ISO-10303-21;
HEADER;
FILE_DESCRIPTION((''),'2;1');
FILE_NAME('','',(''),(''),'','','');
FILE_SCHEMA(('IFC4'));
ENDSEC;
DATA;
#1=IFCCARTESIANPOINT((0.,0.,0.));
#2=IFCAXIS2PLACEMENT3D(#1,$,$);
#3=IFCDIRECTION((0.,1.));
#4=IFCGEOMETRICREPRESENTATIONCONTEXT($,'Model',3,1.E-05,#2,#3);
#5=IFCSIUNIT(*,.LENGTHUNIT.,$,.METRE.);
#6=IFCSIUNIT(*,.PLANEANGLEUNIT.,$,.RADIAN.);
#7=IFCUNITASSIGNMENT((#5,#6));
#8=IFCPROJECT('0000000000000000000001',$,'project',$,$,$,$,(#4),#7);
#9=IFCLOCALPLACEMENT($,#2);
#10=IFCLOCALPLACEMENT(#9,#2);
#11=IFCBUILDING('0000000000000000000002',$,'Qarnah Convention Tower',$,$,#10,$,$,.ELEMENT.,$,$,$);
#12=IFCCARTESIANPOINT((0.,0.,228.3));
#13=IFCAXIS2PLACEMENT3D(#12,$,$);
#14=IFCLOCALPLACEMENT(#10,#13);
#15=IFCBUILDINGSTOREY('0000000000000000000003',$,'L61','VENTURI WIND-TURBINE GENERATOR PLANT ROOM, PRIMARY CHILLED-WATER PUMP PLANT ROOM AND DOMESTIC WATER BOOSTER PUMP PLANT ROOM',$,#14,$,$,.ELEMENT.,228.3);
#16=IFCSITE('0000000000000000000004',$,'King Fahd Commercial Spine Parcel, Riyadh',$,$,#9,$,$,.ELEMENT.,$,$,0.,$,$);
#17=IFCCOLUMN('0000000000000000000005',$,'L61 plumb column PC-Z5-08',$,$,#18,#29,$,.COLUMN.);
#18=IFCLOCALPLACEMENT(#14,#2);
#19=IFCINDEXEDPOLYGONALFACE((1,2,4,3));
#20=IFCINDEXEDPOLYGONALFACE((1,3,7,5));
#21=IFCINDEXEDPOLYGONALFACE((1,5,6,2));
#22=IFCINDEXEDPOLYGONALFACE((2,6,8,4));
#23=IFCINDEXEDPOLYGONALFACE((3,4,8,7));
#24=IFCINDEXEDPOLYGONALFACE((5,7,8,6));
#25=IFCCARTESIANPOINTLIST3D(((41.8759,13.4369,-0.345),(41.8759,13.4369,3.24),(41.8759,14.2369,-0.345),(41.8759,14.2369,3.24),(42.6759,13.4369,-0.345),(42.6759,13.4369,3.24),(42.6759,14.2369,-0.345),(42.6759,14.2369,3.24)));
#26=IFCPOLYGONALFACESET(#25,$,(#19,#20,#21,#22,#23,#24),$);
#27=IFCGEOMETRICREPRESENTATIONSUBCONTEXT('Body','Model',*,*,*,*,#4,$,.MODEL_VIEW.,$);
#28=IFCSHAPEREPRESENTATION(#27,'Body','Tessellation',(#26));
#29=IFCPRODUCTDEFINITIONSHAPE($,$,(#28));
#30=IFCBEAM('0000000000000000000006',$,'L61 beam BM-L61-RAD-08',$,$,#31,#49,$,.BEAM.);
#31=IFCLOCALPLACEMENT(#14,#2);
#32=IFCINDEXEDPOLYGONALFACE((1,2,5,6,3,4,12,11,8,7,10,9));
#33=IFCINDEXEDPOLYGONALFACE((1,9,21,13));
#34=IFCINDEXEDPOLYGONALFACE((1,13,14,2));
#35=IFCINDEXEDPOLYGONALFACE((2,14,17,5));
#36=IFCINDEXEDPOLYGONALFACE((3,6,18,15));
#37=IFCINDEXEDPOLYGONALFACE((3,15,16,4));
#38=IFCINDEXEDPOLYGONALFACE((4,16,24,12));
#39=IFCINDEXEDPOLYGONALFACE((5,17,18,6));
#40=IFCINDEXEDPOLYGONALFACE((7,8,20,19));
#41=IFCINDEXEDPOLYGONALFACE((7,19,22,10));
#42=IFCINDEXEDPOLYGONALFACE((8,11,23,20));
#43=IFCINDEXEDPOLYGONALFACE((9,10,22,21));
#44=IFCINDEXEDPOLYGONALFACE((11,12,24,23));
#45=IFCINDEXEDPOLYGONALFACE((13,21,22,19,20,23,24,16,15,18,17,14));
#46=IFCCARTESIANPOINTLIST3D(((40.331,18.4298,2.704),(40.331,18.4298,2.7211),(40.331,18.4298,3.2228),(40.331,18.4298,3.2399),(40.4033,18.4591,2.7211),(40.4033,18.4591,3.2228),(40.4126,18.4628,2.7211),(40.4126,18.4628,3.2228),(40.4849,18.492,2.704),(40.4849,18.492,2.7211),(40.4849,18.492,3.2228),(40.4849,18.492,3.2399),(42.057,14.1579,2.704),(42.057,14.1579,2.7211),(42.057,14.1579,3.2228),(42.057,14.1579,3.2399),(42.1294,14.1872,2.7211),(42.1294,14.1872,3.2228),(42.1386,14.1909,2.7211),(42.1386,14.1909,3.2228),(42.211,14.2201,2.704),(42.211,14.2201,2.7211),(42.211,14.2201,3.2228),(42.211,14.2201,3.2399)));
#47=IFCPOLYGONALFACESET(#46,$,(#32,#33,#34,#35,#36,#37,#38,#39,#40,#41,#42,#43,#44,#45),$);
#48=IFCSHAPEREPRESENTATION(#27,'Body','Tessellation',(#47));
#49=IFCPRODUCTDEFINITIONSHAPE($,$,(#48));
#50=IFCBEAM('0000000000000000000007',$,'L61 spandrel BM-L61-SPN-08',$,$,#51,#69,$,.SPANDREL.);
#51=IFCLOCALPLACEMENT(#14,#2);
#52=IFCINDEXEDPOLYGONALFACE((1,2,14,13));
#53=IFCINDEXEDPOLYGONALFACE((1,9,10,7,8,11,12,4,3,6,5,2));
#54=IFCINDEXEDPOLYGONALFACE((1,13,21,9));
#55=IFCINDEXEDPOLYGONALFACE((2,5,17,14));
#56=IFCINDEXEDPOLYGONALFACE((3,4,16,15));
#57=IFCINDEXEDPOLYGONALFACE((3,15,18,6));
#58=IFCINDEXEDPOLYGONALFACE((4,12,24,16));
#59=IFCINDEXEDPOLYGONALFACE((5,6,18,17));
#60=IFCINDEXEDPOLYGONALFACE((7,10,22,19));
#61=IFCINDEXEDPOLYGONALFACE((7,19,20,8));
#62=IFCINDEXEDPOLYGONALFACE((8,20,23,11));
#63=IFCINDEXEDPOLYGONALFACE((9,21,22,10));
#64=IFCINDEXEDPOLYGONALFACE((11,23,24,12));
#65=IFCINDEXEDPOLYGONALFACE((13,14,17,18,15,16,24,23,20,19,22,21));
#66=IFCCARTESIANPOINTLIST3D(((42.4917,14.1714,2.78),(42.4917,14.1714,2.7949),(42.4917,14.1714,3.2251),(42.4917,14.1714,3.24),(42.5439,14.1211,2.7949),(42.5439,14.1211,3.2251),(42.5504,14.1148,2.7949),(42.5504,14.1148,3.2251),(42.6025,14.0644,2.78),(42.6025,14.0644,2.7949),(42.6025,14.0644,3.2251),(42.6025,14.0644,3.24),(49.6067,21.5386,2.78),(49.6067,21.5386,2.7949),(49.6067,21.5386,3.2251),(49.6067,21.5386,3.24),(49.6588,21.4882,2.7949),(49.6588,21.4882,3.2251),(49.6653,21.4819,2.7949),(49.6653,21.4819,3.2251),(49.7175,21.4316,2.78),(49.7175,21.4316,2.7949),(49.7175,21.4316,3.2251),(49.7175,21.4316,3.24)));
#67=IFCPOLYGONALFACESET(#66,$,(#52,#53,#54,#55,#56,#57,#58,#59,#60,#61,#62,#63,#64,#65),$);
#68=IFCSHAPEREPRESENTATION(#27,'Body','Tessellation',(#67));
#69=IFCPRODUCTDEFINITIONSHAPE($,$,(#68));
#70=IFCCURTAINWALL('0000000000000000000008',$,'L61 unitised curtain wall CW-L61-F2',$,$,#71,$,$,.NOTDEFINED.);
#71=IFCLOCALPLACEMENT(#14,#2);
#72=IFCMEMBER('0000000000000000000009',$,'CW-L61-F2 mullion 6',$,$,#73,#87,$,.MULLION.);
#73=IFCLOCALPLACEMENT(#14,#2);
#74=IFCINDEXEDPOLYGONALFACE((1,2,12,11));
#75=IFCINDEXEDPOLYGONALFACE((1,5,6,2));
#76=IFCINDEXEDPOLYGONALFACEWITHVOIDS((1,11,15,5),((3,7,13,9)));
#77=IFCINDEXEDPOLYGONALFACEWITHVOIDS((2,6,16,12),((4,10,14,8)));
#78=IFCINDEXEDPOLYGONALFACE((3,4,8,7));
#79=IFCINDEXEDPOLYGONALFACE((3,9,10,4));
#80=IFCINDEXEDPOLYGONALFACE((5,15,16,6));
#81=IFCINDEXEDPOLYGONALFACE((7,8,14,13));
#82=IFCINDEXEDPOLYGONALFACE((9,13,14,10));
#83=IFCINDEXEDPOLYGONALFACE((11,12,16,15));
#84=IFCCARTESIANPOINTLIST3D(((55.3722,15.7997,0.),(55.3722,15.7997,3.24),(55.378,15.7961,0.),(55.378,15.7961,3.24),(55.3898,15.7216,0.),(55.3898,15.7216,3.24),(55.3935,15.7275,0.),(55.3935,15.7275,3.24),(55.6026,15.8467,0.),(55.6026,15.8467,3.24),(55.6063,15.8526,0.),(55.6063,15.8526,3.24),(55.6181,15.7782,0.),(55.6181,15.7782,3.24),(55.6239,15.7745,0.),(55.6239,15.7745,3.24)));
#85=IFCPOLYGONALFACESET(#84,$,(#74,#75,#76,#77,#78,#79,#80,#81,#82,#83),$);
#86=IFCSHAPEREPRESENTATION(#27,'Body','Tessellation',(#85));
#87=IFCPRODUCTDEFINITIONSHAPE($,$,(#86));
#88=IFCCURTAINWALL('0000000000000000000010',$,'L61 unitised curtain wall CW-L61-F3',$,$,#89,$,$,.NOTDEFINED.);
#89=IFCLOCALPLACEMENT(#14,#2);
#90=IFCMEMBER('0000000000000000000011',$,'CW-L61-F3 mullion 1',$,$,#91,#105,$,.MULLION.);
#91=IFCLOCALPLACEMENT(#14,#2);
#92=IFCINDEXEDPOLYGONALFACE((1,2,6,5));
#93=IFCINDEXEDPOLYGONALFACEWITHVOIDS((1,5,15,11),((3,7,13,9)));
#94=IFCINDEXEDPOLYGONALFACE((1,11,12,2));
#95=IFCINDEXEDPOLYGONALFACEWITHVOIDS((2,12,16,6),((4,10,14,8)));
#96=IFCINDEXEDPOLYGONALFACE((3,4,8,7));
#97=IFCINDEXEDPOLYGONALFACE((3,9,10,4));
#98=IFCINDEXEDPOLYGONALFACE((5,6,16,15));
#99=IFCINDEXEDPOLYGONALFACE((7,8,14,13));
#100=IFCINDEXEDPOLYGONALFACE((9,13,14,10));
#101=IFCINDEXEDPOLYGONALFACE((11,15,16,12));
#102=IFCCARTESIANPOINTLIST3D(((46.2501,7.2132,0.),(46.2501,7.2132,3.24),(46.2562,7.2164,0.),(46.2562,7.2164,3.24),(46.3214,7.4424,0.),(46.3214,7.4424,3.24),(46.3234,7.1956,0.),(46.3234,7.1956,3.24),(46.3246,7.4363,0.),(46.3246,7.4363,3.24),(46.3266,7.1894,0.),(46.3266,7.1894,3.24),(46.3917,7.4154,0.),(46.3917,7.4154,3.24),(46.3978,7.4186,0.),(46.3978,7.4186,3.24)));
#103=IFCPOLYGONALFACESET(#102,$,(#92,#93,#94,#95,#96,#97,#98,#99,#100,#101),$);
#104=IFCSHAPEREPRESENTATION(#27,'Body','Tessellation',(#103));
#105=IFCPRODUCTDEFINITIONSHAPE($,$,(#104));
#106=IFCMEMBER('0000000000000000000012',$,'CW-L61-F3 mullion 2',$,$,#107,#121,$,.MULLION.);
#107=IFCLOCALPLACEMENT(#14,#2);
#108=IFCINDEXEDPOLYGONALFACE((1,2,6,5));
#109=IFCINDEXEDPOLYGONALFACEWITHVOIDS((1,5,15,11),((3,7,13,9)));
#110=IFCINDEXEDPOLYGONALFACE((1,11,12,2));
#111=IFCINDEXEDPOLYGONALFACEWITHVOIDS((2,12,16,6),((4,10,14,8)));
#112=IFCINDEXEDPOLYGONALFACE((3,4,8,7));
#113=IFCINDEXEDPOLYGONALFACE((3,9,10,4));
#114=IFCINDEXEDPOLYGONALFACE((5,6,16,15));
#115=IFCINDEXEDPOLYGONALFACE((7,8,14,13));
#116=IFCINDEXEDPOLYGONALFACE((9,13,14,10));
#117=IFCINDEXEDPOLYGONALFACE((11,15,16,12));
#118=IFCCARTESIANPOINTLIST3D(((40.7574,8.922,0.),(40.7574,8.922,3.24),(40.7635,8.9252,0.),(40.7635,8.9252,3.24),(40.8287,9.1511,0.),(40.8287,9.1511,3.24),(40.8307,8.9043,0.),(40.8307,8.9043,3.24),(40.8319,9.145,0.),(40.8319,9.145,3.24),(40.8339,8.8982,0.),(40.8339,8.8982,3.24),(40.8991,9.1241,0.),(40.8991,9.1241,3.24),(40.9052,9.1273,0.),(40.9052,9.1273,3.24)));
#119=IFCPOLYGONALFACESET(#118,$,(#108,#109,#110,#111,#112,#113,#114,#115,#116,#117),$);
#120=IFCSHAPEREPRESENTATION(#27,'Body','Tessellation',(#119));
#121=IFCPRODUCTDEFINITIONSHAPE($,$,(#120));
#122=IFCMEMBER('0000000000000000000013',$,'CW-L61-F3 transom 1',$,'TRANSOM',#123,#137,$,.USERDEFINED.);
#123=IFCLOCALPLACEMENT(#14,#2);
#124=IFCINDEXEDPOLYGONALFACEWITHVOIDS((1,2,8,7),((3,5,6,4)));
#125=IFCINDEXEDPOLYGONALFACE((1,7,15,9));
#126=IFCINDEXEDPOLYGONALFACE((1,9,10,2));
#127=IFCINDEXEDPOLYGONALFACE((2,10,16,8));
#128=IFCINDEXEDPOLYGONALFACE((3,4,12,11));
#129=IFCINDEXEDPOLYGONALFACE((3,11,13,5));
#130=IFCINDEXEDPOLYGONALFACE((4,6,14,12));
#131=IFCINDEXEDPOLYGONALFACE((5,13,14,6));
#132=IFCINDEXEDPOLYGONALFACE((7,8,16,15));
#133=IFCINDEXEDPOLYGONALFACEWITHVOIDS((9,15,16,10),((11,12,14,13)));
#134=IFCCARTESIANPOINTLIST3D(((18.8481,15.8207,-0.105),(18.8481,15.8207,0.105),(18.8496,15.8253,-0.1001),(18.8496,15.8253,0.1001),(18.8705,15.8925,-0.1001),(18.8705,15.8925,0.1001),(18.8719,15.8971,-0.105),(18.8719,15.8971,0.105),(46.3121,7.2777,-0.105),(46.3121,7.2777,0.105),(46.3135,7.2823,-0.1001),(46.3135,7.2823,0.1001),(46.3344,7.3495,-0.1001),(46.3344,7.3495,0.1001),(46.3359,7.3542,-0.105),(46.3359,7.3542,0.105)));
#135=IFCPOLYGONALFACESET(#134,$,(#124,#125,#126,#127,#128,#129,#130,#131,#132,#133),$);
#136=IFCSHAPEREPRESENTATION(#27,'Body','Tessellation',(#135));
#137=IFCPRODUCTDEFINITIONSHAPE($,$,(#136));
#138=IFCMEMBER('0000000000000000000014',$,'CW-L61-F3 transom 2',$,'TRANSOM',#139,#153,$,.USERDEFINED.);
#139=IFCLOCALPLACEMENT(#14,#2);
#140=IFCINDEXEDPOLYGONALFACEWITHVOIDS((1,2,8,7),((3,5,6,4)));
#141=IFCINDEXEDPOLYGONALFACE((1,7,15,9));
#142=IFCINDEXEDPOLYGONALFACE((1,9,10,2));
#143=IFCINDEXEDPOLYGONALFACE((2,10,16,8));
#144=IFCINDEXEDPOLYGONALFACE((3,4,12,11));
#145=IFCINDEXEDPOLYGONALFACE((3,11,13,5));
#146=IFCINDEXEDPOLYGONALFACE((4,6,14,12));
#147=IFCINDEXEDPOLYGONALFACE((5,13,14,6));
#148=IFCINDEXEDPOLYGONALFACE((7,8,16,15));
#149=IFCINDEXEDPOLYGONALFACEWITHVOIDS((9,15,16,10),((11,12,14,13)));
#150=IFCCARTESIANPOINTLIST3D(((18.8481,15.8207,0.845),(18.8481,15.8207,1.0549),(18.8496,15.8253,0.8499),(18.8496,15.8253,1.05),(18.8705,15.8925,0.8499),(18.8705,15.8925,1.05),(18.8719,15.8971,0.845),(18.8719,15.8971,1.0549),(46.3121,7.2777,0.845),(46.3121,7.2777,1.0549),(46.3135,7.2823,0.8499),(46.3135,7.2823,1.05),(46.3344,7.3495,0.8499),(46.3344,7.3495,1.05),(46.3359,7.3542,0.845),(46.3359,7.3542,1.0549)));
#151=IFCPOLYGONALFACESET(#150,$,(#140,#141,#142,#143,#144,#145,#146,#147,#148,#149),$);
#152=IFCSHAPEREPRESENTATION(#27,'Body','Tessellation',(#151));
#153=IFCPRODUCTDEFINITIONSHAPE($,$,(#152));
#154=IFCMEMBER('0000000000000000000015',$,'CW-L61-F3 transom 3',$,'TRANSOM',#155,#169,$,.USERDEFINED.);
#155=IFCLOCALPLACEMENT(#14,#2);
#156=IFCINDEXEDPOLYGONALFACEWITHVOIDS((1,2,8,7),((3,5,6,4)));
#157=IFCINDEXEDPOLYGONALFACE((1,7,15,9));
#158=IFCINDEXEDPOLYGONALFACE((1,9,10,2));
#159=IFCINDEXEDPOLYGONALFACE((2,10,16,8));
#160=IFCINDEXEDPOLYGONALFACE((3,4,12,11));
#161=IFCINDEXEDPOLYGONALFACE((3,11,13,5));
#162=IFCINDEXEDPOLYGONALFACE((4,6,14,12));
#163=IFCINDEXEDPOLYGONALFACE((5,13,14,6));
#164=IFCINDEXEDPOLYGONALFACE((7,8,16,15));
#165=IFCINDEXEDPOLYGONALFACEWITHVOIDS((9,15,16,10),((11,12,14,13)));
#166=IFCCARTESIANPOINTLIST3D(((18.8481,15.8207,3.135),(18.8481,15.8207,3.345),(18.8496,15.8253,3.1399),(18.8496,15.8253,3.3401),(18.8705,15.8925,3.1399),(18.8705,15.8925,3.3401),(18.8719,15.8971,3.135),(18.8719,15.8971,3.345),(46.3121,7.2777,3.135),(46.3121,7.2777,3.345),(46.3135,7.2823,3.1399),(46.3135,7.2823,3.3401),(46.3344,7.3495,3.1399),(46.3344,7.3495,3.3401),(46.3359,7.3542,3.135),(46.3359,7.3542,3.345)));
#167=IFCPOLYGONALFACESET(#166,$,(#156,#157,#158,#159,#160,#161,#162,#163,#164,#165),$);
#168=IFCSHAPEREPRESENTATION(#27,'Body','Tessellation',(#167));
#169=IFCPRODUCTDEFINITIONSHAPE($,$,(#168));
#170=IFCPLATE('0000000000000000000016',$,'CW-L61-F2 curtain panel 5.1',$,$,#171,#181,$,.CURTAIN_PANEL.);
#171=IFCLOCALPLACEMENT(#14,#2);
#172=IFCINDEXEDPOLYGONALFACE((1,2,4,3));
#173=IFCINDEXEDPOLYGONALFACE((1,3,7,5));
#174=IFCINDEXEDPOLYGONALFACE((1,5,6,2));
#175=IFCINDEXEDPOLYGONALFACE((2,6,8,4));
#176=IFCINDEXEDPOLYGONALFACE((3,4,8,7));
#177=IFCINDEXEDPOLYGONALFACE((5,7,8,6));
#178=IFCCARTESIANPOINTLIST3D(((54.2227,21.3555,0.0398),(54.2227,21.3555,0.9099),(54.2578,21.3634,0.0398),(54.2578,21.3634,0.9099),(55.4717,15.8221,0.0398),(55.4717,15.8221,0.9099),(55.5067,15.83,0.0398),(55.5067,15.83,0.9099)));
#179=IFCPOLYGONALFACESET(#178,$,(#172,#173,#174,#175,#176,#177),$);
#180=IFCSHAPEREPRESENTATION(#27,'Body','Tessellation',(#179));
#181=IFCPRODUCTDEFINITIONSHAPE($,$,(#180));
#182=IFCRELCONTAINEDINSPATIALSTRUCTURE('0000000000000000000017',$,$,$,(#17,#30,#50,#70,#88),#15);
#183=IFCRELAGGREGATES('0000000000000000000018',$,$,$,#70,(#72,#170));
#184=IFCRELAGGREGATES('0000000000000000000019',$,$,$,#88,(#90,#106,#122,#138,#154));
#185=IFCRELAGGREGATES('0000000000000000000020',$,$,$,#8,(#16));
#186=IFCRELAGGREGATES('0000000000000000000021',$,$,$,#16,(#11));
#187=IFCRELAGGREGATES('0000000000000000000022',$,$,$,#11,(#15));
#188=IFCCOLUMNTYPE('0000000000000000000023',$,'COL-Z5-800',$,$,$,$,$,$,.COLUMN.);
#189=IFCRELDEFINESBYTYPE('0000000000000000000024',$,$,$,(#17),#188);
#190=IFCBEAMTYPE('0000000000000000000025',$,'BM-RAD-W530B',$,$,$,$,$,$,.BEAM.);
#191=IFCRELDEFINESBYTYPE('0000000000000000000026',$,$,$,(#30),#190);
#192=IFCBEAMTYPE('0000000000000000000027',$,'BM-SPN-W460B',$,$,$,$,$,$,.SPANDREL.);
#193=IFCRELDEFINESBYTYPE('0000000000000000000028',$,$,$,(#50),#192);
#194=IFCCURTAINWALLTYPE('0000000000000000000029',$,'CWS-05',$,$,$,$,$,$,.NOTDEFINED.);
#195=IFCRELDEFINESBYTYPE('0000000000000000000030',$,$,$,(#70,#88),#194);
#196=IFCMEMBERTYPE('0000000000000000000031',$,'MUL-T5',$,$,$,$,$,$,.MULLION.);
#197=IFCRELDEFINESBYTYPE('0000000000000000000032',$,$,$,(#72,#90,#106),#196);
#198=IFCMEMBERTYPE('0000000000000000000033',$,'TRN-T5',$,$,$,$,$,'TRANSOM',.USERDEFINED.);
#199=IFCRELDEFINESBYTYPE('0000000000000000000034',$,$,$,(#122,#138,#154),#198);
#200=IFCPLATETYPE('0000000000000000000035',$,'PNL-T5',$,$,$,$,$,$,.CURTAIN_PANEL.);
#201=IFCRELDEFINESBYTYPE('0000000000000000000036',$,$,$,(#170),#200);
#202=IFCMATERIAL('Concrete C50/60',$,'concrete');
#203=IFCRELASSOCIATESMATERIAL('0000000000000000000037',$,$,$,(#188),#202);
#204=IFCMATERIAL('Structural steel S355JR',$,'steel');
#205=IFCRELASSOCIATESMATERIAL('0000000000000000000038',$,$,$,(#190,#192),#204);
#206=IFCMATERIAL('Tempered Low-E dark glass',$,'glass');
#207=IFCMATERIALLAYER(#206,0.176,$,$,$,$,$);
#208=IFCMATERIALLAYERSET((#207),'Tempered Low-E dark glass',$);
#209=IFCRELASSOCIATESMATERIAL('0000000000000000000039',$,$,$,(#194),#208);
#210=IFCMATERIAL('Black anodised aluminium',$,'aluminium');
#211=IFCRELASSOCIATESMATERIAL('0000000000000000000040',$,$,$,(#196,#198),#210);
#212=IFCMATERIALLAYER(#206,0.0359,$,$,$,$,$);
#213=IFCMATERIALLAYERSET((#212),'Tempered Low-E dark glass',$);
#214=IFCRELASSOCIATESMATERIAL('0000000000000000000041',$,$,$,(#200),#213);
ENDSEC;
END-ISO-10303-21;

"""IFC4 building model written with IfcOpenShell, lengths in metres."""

from ifc_helpers import new_model, si_unit, direction, frame, origin, origin_2d, place, context, subcontext, project, spatial, rectangle, hollow_rectangle, i_section, extrude, material, layer, layer_set, material_profile, profile_set, type_object, element, aggregate, save


model = new_model("IFC4")

# Units and contexts
model_context = context("Model", 3, precision=1e-05, world=origin(), true_north=direction((0.0, 1.0)))
body_context = subcontext(model_context, "Body", "Model", "MODEL_VIEW")
ifc_project = project(units=[si_unit("LENGTHUNIT", "METRE"), si_unit("PLANEANGLEUNIT", "RADIAN")], contexts=[model_context])

# Site, building, storey
site_placement = place(None, origin())
site = spatial("IfcSite", under=ifc_project, at=site_placement, Name="King Fahd Commercial Spine Parcel, Riyadh", CompositionType="ELEMENT", RefElevation=0.0)
building_placement = place(site_placement, origin())
building = spatial("IfcBuilding", under=site, at=building_placement, Name="Qarnah Convention Tower", CompositionType="ELEMENT")
storey_placement = place(building_placement, frame((0.0, 0.0, 228.3)))
storey = spatial("IfcBuildingStorey", under=building, at=storey_placement, Name="L61", Description="VENTURI WIND-TURBINE GENERATOR PLANT ROOM, PRIMARY CHILLED-WATER PUMP PLANT ROOM AND DOMESTIC WATER BOOSTER PUMP PLANT ROOM", CompositionType="ELEMENT", Elevation=228.3)

# Column
ifc_material_1 = material(Name="Concrete C50/60", Category="concrete")
ifc_material_profile_1 = material_profile(ifc_material_1, rectangle(XDim=0.8, YDim=0.8, at=origin_2d()), Name="RC-COL-800X800")
ifc_profile_set_1 = profile_set([ifc_material_profile_1], Name="Concrete C50/60")
column_type = type_object("IfcColumnType", Name="COL-Z5-800", PredefinedType="COLUMN", material=ifc_profile_set_1)
column_placement = place(storey_placement, frame((42.2759, 13.8369, -0.345), z_axis=(0.0, 0.0, 1.0), x_axis=(1.0, 0.0, 0.0)))
element("IfcColumn", 1, at=column_placement, inside=storey, type_object=column_type, Name="L61 plumb column PC-Z5-08", PredefinedType="COLUMN", context=body_context, shape_type="SweptSolid", body=[
    extrude(rectangle(XDim=0.8, YDim=0.8, at=origin_2d()), origin(), (0.0, 0.0, 1.0), 3.585),
])

# Beams
ifc_material_2 = material(Name="Structural steel S355JR", Category="steel")
ifc_material_profile_2 = material_profile(ifc_material_2, i_section(OverallWidth=0.166, OverallDepth=0.5359, WebThickness=0.01, FlangeThickness=0.0171, at=origin_2d()), Name="W530X85")
ifc_profile_set_2 = profile_set([ifc_material_profile_2], Name="Structural steel S355JR")
beam_type_1 = type_object("IfcBeamType", Name="BM-RAD-W530B", PredefinedType="BEAM", material=ifc_profile_set_2)
beam_1_placement = place(storey_placement, frame((40.408, 18.4609, 2.9719), z_axis=(0.374622, -0.927177, 0.0), x_axis=(0.927177, 0.374622, 0.0)))
element("IfcBeam", 2, at=beam_1_placement, inside=storey, type_object=beam_type_1, Name="L61 beam BM-L61-RAD-08", PredefinedType="BEAM", context=body_context, shape_type="SweptSolid", body=[
    extrude(i_section(OverallWidth=0.166, OverallDepth=0.5359, WebThickness=0.01, FlangeThickness=0.0171, at=origin_2d()), origin(), (0.0, 0.0, 1.0), 4.6074),
])
ifc_material_profile_3 = material_profile(ifc_material_2, i_section(OverallWidth=0.1541, OverallDepth=0.46, WebThickness=0.009, FlangeThickness=0.0149, at=origin_2d()), Name="W460X68")
ifc_profile_set_3 = profile_set([ifc_material_profile_3], Name="Structural steel S355JR")
beam_type_2 = type_object("IfcBeamType", Name="BM-SPN-W460B", PredefinedType="SPANDREL", material=ifc_profile_set_3)
beam_2_placement = place(storey_placement, frame((42.5471, 14.1179, 3.01), z_axis=(0.694688, 0.719312, 0.0), x_axis=(-0.719312, 0.694688, 0.0)))
element("IfcBeam", 3, at=beam_2_placement, inside=storey, type_object=beam_type_2, Name="L61 spandrel BM-L61-SPN-08", PredefinedType="SPANDREL", context=body_context, shape_type="SweptSolid", body=[
    extrude(i_section(OverallWidth=0.1541, OverallDepth=0.46, WebThickness=0.009, FlangeThickness=0.0149, at=origin_2d()), origin(), (0.0, 0.0, 1.0), 10.2419),
])

# Curtain wall, member
ifc_material_3 = material(Name="Tempered Low-E dark glass", Category="glass")
ifc_layer_1 = layer(ifc_material_3, 0.176)
ifc_layer_set_1 = layer_set([ifc_layer_1], Name="Tempered Low-E dark glass")
curtain_wall_type = type_object("IfcCurtainWallType", Name="CWS-05", PredefinedType="NOTDEFINED", material=ifc_layer_set_1)
curtain_wall_1_placement = place(storey_placement, origin())
curtain_wall_1 = element("IfcCurtainWall", 4, at=curtain_wall_1_placement, inside=storey, type_object=curtain_wall_type, Name="L61 unitised curtain wall CW-L61-F2", PredefinedType="NOTDEFINED")
ifc_material_4 = material(Name="Black anodised aluminium", Category="aluminium")
ifc_material_profile_4 = material_profile(ifc_material_4, hollow_rectangle(XDim=0.0801, YDim=0.24, WallThickness=0.0049, at=origin_2d()), Name="MUL-80X240")
ifc_profile_set_4 = profile_set([ifc_material_profile_4], Name="Black anodised aluminium")
member_type_1 = type_object("IfcMemberType", Name="MUL-T5", PredefinedType="MULLION", material=ifc_profile_set_4)
member_1_placement = place(storey_placement, frame((55.498, 15.7871, 0.0), z_axis=(0.0, 0.0, 1.0), x_axis=(0.22018, -0.975459, 0.0)))
member_1 = element("IfcMember", 5, at=member_1_placement, type_object=member_type_1, Name="CW-L61-F2 mullion 6", PredefinedType="MULLION", context=body_context, shape_type="SweptSolid", body=[
    extrude(hollow_rectangle(XDim=0.0801, YDim=0.24, WallThickness=0.0049, at=origin_2d()), origin(), (0.0, 0.0, 1.0), 3.24),
])

# Curtain wall, members
curtain_wall_2_placement = place(storey_placement, origin())
curtain_wall_2 = element("IfcCurtainWall", 6, at=curtain_wall_2_placement, inside=storey, type_object=curtain_wall_type, Name="L61 unitised curtain wall CW-L61-F3", PredefinedType="NOTDEFINED")
member_2_placement = place(storey_placement, frame((46.324, 7.3159, 0.0), z_axis=(0.0, 0.0, 1.0), x_axis=(-0.95487, 0.297024, 0.0)))
member_2 = element("IfcMember", 7, at=member_2_placement, type_object=member_type_1, Name="CW-L61-F3 mullion 1", PredefinedType="MULLION", context=body_context, shape_type="SweptSolid", body=[
    extrude(hollow_rectangle(XDim=0.0801, YDim=0.24, WallThickness=0.0049, at=origin_2d()), origin(), (0.0, 0.0, 1.0), 3.24),
])
member_3_placement = place(storey_placement, frame((40.8313, 9.0247, 0.0), z_axis=(0.0, 0.0, 1.0), x_axis=(-0.95487, 0.297024, 0.0)))
member_3 = element("IfcMember", 8, at=member_3_placement, type_object=member_type_1, Name="CW-L61-F3 mullion 2", PredefinedType="MULLION", context=body_context, shape_type="SweptSolid", body=[
    extrude(hollow_rectangle(XDim=0.0801, YDim=0.24, WallThickness=0.0049, at=origin_2d()), origin(), (0.0, 0.0, 1.0), 3.24),
])
ifc_material_profile_5 = material_profile(ifc_material_4, hollow_rectangle(XDim=0.0801, YDim=0.21, WallThickness=0.0049, at=origin_2d()), Name="TRN-80X210")
ifc_profile_set_5 = profile_set([ifc_material_profile_5], Name="Black anodised aluminium")
member_type_2 = type_object("IfcMemberType", Name="TRN-T5", ElementType="TRANSOM", PredefinedType="USERDEFINED", material=ifc_profile_set_5)
member_4_placement = place(storey_placement, frame((46.324, 7.3159, 0.0), z_axis=(-0.95487, 0.297024, 0.0), x_axis=(-0.297024, -0.95487, 0.0)))
member_4 = element("IfcMember", 9, at=member_4_placement, type_object=member_type_2, Name="CW-L61-F3 transom 1", ObjectType="TRANSOM", PredefinedType="USERDEFINED", context=body_context, shape_type="SweptSolid", body=[
    extrude(hollow_rectangle(XDim=0.0801, YDim=0.21, WallThickness=0.0049, at=origin_2d()), origin(), (0.0, 0.0, 1.0), 28.762),
])
member_5_placement = place(storey_placement, frame((46.324, 7.3159, 0.95), z_axis=(-0.95487, 0.297024, 0.0), x_axis=(-0.297024, -0.95487, 0.0)))
member_5 = element("IfcMember", 10, at=member_5_placement, type_object=member_type_2, Name="CW-L61-F3 transom 2", ObjectType="TRANSOM", PredefinedType="USERDEFINED", context=body_context, shape_type="SweptSolid", body=[
    extrude(hollow_rectangle(XDim=0.0801, YDim=0.21, WallThickness=0.0049, at=origin_2d()), origin(), (0.0, 0.0, 1.0), 28.762),
])
member_6_placement = place(storey_placement, frame((46.324, 7.3159, 3.24), z_axis=(-0.95487, 0.297024, 0.0), x_axis=(-0.297024, -0.95487, 0.0)))
member_6 = element("IfcMember", 11, at=member_6_placement, type_object=member_type_2, Name="CW-L61-F3 transom 3", ObjectType="TRANSOM", PredefinedType="USERDEFINED", context=body_context, shape_type="SweptSolid", body=[
    extrude(hollow_rectangle(XDim=0.0801, YDim=0.21, WallThickness=0.0049, at=origin_2d()), origin(), (0.0, 0.0, 1.0), 28.762),
])

# Plate
ifc_layer_2 = layer(ifc_material_3, 0.0359)
ifc_layer_set_2 = layer_set([ifc_layer_2], Name="Tempered Low-E dark glass")
plate_type = type_object("IfcPlateType", Name="PNL-T5", PredefinedType="CURTAIN_PANEL", material=ifc_layer_set_2)
plate_1_placement = place(storey_placement, frame((54.8647, 18.5928, 0.0398), z_axis=(0.0, 0.0, 1.0), x_axis=(0.22018, -0.975459, 0.0)))
plate_1 = element("IfcPlate", 12, at=plate_1_placement, type_object=plate_type, Name="CW-L61-F2 curtain panel 5.1", PredefinedType="CURTAIN_PANEL", context=body_context, shape_type="SweptSolid", body=[
    extrude(rectangle(XDim=5.6726, YDim=0.0359, at=origin_2d()), origin(), (0.0, 0.0, 1.0), 0.8701),
])
aggregate(curtain_wall_1, [member_1, plate_1])
aggregate(curtain_wall_2, [member_2, member_3, member_4, member_5, member_6])

save(model, "model.ifc")
